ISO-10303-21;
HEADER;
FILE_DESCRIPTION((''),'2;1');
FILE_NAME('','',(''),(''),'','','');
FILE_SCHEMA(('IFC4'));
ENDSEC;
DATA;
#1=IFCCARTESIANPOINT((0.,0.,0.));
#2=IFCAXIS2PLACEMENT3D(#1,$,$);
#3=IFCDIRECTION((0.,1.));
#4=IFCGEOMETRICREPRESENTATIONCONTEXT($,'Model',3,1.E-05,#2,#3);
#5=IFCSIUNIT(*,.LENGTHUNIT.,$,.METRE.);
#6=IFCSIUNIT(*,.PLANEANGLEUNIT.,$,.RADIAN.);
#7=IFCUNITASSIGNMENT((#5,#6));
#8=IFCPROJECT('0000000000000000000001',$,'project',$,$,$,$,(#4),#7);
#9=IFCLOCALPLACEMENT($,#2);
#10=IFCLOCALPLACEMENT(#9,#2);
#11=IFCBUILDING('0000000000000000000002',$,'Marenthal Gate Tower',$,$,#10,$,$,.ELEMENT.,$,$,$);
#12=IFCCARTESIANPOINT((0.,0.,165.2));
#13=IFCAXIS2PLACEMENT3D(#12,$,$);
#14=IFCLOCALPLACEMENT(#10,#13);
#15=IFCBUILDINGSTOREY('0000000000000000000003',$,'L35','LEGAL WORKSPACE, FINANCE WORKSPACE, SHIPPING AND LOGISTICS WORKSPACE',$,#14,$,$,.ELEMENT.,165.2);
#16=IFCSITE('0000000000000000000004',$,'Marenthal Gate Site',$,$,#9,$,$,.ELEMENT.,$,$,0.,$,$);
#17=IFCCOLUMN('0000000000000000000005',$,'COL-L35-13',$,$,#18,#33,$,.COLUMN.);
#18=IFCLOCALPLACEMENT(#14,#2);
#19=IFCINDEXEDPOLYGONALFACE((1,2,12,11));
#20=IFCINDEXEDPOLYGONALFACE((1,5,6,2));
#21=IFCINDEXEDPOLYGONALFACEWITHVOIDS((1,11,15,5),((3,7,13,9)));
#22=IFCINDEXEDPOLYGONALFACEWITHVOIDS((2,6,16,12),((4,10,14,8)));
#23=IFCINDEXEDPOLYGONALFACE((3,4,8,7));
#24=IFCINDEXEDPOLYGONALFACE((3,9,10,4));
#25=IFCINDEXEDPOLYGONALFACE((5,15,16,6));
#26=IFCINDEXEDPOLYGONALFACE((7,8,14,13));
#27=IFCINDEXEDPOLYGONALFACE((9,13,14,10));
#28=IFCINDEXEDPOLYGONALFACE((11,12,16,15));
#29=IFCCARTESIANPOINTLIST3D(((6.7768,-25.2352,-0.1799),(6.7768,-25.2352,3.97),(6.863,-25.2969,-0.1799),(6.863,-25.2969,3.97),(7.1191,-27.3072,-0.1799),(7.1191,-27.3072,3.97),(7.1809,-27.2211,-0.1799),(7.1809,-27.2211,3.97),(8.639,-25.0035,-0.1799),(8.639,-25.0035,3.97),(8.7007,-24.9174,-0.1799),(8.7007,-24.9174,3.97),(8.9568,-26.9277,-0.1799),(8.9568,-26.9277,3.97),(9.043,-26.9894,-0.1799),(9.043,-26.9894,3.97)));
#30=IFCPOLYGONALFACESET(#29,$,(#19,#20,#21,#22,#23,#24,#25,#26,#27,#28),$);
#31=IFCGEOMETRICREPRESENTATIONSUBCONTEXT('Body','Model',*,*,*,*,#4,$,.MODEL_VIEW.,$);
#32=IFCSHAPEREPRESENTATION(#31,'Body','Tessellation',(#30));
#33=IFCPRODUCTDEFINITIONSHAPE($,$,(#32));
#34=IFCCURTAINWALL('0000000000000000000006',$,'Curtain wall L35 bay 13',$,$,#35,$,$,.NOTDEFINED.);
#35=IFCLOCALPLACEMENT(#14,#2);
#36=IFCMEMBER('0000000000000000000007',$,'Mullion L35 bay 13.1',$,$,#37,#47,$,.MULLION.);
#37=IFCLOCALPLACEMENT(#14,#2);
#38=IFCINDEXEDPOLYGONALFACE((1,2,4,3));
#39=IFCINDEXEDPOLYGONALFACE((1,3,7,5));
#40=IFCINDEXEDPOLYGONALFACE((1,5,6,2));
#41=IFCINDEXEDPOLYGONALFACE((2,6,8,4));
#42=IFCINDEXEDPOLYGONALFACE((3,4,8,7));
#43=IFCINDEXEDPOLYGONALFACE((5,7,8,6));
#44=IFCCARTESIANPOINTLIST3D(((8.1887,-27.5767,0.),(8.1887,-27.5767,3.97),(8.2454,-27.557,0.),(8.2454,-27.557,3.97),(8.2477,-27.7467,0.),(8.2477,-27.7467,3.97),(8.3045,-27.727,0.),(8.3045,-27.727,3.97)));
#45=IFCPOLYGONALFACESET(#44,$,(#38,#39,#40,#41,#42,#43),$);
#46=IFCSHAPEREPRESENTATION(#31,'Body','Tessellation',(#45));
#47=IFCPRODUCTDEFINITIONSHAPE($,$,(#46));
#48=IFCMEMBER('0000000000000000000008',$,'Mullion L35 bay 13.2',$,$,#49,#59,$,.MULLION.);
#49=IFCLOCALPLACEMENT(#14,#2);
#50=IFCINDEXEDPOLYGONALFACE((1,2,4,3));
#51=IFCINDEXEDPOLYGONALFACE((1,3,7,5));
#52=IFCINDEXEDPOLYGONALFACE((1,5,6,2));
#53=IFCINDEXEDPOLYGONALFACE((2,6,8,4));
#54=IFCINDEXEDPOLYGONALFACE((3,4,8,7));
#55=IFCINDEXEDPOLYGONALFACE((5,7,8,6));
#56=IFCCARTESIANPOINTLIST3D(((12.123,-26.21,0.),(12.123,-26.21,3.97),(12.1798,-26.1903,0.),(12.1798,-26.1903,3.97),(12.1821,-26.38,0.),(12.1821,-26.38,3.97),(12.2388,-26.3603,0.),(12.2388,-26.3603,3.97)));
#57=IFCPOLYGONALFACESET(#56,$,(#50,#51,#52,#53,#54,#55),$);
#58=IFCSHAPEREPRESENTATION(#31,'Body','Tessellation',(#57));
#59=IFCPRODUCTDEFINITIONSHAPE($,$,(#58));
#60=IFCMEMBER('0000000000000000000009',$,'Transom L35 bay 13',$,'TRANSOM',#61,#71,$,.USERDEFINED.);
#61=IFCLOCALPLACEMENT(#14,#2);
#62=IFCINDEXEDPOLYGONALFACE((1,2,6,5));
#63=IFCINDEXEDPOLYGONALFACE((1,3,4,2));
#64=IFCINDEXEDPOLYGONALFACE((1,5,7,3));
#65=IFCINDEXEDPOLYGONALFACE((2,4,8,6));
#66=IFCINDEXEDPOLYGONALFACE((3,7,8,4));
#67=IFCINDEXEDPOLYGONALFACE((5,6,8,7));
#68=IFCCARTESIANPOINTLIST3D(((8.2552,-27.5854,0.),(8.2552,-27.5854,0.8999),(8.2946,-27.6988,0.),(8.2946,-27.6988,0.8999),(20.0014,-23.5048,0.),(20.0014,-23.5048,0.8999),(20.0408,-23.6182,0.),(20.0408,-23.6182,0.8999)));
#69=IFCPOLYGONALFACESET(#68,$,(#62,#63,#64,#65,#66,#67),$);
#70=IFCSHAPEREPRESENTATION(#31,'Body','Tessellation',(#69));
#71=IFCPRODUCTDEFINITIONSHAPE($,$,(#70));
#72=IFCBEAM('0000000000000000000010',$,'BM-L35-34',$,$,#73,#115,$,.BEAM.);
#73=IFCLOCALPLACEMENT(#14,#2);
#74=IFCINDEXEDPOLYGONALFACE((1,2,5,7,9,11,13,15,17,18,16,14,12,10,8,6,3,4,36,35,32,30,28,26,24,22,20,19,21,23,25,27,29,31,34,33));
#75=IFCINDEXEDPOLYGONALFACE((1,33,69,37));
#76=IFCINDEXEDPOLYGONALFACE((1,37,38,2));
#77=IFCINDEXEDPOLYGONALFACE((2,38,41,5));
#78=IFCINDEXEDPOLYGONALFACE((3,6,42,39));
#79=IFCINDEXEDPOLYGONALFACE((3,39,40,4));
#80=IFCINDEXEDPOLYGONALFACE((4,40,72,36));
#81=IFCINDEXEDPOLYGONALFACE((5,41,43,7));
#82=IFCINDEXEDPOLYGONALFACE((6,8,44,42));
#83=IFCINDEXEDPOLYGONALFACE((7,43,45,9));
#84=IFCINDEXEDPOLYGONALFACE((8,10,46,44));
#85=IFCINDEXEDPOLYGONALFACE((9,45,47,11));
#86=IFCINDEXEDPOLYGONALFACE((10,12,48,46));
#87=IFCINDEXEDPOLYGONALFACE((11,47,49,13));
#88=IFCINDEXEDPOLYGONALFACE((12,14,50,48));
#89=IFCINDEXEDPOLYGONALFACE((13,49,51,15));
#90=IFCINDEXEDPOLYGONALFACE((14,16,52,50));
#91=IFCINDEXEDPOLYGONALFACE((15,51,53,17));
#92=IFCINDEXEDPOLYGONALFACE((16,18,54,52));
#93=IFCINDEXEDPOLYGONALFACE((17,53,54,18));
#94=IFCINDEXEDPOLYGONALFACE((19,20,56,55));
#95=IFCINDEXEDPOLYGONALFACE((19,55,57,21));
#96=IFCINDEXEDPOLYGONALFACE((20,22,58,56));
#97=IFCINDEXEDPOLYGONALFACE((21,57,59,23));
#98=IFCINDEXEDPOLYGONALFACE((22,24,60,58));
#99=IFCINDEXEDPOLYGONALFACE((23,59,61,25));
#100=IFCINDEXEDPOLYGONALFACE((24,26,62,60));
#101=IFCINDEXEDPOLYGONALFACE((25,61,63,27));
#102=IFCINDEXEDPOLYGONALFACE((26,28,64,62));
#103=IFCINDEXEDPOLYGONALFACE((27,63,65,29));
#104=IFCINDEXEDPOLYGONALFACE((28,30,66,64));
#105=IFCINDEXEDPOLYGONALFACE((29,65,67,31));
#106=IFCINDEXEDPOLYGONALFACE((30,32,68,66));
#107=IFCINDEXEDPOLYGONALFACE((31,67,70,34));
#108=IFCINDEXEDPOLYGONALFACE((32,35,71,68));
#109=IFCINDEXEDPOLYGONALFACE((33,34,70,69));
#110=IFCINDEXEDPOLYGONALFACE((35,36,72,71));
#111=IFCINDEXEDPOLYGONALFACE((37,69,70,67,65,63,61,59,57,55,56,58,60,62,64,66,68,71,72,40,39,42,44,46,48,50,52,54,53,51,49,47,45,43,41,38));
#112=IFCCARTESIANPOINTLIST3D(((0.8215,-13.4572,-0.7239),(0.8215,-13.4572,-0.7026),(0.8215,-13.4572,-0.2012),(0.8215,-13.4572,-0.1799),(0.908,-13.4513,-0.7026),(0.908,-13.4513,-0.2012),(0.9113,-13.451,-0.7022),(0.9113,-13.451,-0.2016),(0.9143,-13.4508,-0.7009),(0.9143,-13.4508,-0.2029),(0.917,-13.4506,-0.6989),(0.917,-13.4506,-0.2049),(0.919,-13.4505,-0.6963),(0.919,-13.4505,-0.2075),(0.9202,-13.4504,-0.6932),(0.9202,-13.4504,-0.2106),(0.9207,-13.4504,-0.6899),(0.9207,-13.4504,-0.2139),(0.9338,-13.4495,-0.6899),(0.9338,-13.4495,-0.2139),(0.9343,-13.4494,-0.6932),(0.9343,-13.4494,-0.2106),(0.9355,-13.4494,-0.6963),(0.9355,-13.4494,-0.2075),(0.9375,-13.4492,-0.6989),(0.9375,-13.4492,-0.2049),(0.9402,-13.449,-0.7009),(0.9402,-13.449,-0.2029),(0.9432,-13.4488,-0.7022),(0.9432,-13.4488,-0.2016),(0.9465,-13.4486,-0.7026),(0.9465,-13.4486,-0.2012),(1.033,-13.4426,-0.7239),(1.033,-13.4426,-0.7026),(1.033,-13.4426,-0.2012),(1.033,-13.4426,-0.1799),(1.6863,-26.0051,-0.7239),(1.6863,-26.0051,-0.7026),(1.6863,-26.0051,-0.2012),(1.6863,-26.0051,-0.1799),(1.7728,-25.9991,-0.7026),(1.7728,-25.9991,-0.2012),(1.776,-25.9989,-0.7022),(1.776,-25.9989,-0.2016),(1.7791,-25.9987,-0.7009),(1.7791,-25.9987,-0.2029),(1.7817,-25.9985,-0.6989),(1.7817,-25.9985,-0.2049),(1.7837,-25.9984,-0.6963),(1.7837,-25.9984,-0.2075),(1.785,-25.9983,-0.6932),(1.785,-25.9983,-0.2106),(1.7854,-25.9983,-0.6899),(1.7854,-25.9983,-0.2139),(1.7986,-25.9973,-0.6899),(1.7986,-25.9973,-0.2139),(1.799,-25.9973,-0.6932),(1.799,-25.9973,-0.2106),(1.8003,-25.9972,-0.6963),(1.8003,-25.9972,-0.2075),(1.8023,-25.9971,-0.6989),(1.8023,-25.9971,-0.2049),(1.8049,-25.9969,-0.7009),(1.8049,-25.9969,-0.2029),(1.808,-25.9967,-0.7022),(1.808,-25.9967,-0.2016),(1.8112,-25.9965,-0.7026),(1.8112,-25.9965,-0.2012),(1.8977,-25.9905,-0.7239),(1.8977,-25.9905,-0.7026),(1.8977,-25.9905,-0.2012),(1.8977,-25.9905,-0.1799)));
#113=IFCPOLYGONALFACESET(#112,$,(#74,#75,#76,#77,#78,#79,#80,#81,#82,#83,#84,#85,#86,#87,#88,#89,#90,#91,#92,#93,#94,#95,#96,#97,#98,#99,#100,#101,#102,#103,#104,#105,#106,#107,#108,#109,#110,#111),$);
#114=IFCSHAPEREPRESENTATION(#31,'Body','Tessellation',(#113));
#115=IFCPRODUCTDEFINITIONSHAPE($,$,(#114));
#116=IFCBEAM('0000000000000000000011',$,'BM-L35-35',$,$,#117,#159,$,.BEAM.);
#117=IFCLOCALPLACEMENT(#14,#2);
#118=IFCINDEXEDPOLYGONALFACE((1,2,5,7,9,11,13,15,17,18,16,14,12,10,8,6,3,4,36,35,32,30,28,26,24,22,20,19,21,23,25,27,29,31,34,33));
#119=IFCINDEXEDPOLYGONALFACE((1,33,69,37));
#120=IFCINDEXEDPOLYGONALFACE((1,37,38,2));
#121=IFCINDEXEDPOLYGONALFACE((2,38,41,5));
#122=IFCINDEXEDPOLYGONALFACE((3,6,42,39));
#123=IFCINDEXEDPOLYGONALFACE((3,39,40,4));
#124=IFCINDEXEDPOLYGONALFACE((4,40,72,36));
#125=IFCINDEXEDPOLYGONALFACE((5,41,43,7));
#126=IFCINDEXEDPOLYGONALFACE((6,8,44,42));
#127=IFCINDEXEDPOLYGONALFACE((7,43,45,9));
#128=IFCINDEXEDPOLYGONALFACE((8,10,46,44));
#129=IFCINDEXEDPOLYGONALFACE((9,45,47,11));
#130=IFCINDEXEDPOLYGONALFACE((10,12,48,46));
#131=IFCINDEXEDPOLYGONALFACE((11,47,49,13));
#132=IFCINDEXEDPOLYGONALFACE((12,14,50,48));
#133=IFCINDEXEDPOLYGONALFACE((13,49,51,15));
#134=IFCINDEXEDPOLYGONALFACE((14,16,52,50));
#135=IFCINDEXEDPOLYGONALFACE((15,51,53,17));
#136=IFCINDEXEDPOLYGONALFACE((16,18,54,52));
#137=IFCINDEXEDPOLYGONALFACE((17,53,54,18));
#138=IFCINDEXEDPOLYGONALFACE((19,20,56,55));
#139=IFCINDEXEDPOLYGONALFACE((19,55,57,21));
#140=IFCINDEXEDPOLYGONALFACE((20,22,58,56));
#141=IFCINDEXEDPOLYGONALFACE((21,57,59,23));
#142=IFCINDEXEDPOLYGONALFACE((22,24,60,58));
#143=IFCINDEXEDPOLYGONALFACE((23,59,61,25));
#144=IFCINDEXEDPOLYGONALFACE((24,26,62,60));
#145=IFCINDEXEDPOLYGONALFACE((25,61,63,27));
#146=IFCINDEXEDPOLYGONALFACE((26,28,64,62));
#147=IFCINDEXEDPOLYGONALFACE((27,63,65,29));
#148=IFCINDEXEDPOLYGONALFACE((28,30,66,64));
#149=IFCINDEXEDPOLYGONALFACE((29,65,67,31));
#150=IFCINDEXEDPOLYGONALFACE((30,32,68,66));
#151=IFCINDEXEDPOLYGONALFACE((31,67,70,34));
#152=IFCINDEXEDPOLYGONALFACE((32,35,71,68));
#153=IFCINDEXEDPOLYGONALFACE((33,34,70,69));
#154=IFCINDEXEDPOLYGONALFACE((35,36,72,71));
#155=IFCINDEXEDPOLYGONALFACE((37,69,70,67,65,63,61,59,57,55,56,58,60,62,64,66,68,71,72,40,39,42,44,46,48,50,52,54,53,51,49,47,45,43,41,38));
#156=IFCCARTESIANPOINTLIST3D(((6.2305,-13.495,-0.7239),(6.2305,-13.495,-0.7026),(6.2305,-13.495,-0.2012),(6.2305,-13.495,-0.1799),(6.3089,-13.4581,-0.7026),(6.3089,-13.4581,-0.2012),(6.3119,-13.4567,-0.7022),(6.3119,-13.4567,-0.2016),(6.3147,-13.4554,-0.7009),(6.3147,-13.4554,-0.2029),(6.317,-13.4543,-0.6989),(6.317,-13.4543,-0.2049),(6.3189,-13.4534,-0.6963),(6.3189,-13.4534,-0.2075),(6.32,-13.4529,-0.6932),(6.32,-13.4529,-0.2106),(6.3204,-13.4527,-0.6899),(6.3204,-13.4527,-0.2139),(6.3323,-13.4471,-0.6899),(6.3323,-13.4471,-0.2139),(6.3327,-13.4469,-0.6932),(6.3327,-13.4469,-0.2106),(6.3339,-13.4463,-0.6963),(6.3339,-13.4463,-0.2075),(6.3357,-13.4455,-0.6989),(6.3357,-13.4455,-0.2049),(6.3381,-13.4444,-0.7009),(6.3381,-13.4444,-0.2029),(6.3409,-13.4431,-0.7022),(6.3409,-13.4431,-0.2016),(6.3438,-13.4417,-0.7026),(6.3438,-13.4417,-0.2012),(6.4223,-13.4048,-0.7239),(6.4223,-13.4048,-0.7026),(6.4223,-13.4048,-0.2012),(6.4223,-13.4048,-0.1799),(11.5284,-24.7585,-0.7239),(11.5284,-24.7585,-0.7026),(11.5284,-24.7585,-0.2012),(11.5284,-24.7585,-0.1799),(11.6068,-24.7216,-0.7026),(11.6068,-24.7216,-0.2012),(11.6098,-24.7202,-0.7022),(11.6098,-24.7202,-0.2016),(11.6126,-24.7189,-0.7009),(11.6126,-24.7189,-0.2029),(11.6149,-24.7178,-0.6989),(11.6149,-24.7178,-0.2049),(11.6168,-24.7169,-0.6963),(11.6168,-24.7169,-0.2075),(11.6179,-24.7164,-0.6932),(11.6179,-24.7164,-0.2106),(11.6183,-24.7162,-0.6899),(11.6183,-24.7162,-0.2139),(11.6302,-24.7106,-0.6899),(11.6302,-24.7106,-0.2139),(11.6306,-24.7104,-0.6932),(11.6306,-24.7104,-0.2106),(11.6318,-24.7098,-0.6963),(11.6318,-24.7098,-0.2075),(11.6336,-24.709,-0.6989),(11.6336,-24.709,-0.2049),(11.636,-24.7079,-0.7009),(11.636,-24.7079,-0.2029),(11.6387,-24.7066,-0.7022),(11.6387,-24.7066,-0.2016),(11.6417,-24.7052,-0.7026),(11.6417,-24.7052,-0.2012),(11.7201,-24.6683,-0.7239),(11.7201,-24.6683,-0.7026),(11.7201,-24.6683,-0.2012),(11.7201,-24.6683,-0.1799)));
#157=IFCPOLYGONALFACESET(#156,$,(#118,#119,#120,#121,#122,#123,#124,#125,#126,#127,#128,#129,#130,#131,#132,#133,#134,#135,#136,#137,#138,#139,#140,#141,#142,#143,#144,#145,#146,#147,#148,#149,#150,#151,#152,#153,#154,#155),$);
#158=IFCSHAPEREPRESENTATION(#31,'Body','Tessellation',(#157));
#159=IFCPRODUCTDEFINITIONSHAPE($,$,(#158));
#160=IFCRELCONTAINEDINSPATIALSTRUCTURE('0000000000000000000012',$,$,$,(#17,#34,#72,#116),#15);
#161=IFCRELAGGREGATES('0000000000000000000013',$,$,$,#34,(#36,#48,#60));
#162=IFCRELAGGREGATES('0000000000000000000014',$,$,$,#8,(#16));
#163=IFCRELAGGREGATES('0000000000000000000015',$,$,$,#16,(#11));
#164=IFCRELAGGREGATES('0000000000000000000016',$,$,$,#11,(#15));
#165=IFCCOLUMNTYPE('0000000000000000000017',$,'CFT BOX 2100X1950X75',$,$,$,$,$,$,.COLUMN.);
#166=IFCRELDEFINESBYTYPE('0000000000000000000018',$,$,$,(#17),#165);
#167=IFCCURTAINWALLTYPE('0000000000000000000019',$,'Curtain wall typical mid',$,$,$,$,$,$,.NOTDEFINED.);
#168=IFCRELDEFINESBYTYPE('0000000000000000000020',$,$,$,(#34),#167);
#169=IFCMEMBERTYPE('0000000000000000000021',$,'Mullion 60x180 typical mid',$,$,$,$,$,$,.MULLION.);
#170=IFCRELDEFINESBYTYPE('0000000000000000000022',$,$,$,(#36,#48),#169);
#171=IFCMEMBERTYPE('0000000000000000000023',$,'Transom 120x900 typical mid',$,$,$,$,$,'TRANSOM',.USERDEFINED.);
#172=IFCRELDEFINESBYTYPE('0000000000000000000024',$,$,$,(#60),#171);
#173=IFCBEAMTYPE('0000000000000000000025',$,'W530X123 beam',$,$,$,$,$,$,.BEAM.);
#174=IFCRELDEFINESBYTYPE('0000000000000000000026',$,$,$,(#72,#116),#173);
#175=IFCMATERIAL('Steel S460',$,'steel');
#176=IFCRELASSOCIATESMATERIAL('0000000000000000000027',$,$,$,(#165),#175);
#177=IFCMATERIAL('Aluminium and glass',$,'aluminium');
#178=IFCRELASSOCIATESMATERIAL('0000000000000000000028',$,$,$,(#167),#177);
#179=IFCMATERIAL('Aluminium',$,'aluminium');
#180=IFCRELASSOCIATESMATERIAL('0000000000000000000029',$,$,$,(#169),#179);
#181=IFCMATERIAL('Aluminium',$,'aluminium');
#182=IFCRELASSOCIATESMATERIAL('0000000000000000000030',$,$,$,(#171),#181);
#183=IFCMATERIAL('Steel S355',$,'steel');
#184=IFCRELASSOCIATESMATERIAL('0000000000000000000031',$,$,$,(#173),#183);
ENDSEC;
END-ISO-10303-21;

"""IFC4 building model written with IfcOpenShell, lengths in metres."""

from ifc_helpers import new_model, si_unit, direction, frame, origin, origin_2d, place, context, subcontext, project, spatial, rectangle, hollow_rectangle, i_section, extrude, material, material_profile, profile_set, type_object, element, aggregate, save


model = new_model("IFC4")

# Units and contexts
model_context = context("Model", 3, precision=1e-05, world=origin(), true_north=direction((0.0, 1.0)))
body_context = subcontext(model_context, "Body", "Model", "MODEL_VIEW")
ifc_project = project(units=[si_unit("LENGTHUNIT", "METRE"), si_unit("PLANEANGLEUNIT", "RADIAN")], contexts=[model_context])

# Site, building, storey
site_placement = place(None, origin())
site = spatial("IfcSite", under=ifc_project, at=site_placement, Name="Marenthal Gate Site", CompositionType="ELEMENT", RefElevation=0.0)
building_placement = place(site_placement, origin())
building = spatial("IfcBuilding", under=site, at=building_placement, Name="Marenthal Gate Tower", CompositionType="ELEMENT")
storey_placement = place(building_placement, frame((0.0, 0.0, 165.2)))
storey = spatial("IfcBuildingStorey", under=building, at=storey_placement, Name="L35", Description="LEGAL WORKSPACE, FINANCE WORKSPACE, SHIPPING AND LOGISTICS WORKSPACE", CompositionType="ELEMENT", Elevation=165.2)

# Column
ifc_material_1 = material(Name="Steel S460", Category="steel")
ifc_material_profile_1 = material_profile(ifc_material_1, hollow_rectangle(XDim=1.95, YDim=2.1001, WallThickness=0.075, at=origin_2d()), Name="CFT BOX 2100X1950X75")
ifc_material_2 = material(Name="Concrete 70 MPa", Category="concrete")
ifc_material_profile_2 = material_profile(ifc_material_2, rectangle(XDim=1.8, YDim=1.95, at=origin_2d()), Name="CFT BOX 2100X1950X75 INFILL")
ifc_profile_set_1 = profile_set([ifc_material_profile_1, ifc_material_profile_2], Name="Steel S460 shell, Concrete 70 MPa infill")
column_type = type_object("IfcColumnType", Name="CFT BOX 2100X1950X75", PredefinedType="COLUMN", material=ifc_profile_set_1)
column_placement = place(storey_placement, frame((7.9099, -26.1123, -0.1799), z_axis=(0.0, 0.0, 1.0), x_axis=(-0.986627, -0.162997, 0.0)))
element("IfcColumn", 1, at=column_placement, inside=storey, type_object=column_type, Name="COL-L35-13", PredefinedType="COLUMN", context=body_context, shape_type="SweptSolid", body=[
    extrude(hollow_rectangle(XDim=1.95, YDim=2.1001, WallThickness=0.075, at=origin_2d()), origin(), (0.0, 0.0, 1.0), 4.1499),
])

# Curtain wall, members
ifc_material_3 = material(Name="Aluminium and glass", Category="aluminium")
curtain_wall_type = type_object("IfcCurtainWallType", Name="Curtain wall typical mid", PredefinedType="NOTDEFINED", material=ifc_material_3)
curtain_wall_placement = place(storey_placement, origin())
curtain_wall = element("IfcCurtainWall", 2, at=curtain_wall_placement, inside=storey, type_object=curtain_wall_type, Name="Curtain wall L35 bay 13", PredefinedType="NOTDEFINED")
ifc_material_4 = material(Name="Aluminium", Category="aluminium")
ifc_material_profile_3 = material_profile(ifc_material_4, rectangle(XDim=0.1799, YDim=0.0601, at=origin_2d()), Name="60x180 aluminium mullion")
ifc_profile_set_2 = profile_set([ifc_material_profile_3], Name="Aluminium")
member_type_1 = type_object("IfcMemberType", Name="Mullion 60x180 typical mid", PredefinedType="MULLION", material=ifc_profile_set_2)
member_1_placement = place(storey_placement, frame((8.2466, -27.6519, 0.0), z_axis=(0.0, 0.0, 1.0), x_axis=(-0.328158, 0.944623, 0.0)))
member_1 = element("IfcMember", 3, at=member_1_placement, type_object=member_type_1, Name="Mullion L35 bay 13.1", PredefinedType="MULLION", context=body_context, shape_type="SweptSolid", body=[
    extrude(rectangle(XDim=0.1799, YDim=0.0601, at=origin_2d()), origin(), (0.0, 0.0, 1.0), 3.97),
])
member_2_placement = place(storey_placement, frame((12.1809, -26.2852, 0.0), z_axis=(0.0, 0.0, 1.0), x_axis=(-0.328158, 0.944623, 0.0)))
member_2 = element("IfcMember", 4, at=member_2_placement, type_object=member_type_1, Name="Mullion L35 bay 13.2", PredefinedType="MULLION", context=body_context, shape_type="SweptSolid", body=[
    extrude(rectangle(XDim=0.1799, YDim=0.0601, at=origin_2d()), origin(), (0.0, 0.0, 1.0), 3.97),
])
ifc_material_5 = material(Name="Aluminium", Category="aluminium")
ifc_material_profile_4 = material_profile(ifc_material_5, rectangle(XDim=0.1201, YDim=0.8999, at=origin_2d()), Name="120x900 aluminium transom")
ifc_profile_set_3 = profile_set([ifc_material_profile_4], Name="Aluminium")
member_type_2 = type_object("IfcMemberType", Name="Transom 120x900 typical mid", ElementType="TRANSOM", PredefinedType="USERDEFINED", material=ifc_profile_set_3)
member_3_placement = place(storey_placement, frame((8.2749, -27.6421, 0.45), z_axis=(0.944622, 0.32816, 0.0), x_axis=(-0.32816, 0.944622, 0.0)))
member_3 = element("IfcMember", 5, at=member_3_placement, type_object=member_type_2, Name="Transom L35 bay 13", ObjectType="TRANSOM", PredefinedType="USERDEFINED", context=body_context, shape_type="SweptSolid", body=[
    extrude(rectangle(XDim=0.1201, YDim=0.8999, at=origin_2d()), origin(), (0.0, 0.0, 1.0), 12.4348),
])

# Beams
ifc_material_6 = material(Name="Steel S355", Category="steel")
ifc_material_profile_5 = material_profile(ifc_material_6, i_section(OverallWidth=0.2119, OverallDepth=0.5439, WebThickness=0.0132, FlangeThickness=0.0212, FilletRadius=0.0127, at=origin_2d()), Name="W530X123")
ifc_profile_set_4 = profile_set([ifc_material_profile_5], Name="Steel S355")
beam_type_1 = type_object("IfcBeamType", Name="W530X123 beam", PredefinedType="BEAM", material=ifc_profile_set_4)
beam_1_placement = place(storey_placement, frame((1.792, -25.9978, -0.4519), z_axis=(-0.068753, 0.997634, 0.0), x_axis=(-0.997634, -0.068753, 0.0)))
element("IfcBeam", 6, at=beam_1_placement, inside=storey, type_object=beam_type_1, Name="BM-L35-34", PredefinedType="BEAM", context=body_context, shape_type="SweptSolid", body=[
    extrude(i_section(OverallWidth=0.2119, OverallDepth=0.5439, WebThickness=0.0132, FlangeThickness=0.0212, FilletRadius=0.0127, at=origin_2d()), origin(), (0.0, 0.0, 1.0), 12.5776),
])
beam_2_placement = place(storey_placement, frame((11.6243, -24.7134, -0.4519), z_axis=(-0.425627, 0.904899, 0.0), x_axis=(-0.904899, -0.425627, 0.0)))
element("IfcBeam", 7, at=beam_2_placement, inside=storey, type_object=beam_type_1, Name="BM-L35-35", PredefinedType="BEAM", context=body_context, shape_type="SweptSolid", body=[
    extrude(i_section(OverallWidth=0.2119, OverallDepth=0.5439, WebThickness=0.0132, FlangeThickness=0.0212, FilletRadius=0.0127, at=origin_2d()), origin(), (0.0, 0.0, 1.0), 12.4473),
])

aggregate(curtain_wall, [member_1, member_2, member_3])

save(model, "model.ifc")
